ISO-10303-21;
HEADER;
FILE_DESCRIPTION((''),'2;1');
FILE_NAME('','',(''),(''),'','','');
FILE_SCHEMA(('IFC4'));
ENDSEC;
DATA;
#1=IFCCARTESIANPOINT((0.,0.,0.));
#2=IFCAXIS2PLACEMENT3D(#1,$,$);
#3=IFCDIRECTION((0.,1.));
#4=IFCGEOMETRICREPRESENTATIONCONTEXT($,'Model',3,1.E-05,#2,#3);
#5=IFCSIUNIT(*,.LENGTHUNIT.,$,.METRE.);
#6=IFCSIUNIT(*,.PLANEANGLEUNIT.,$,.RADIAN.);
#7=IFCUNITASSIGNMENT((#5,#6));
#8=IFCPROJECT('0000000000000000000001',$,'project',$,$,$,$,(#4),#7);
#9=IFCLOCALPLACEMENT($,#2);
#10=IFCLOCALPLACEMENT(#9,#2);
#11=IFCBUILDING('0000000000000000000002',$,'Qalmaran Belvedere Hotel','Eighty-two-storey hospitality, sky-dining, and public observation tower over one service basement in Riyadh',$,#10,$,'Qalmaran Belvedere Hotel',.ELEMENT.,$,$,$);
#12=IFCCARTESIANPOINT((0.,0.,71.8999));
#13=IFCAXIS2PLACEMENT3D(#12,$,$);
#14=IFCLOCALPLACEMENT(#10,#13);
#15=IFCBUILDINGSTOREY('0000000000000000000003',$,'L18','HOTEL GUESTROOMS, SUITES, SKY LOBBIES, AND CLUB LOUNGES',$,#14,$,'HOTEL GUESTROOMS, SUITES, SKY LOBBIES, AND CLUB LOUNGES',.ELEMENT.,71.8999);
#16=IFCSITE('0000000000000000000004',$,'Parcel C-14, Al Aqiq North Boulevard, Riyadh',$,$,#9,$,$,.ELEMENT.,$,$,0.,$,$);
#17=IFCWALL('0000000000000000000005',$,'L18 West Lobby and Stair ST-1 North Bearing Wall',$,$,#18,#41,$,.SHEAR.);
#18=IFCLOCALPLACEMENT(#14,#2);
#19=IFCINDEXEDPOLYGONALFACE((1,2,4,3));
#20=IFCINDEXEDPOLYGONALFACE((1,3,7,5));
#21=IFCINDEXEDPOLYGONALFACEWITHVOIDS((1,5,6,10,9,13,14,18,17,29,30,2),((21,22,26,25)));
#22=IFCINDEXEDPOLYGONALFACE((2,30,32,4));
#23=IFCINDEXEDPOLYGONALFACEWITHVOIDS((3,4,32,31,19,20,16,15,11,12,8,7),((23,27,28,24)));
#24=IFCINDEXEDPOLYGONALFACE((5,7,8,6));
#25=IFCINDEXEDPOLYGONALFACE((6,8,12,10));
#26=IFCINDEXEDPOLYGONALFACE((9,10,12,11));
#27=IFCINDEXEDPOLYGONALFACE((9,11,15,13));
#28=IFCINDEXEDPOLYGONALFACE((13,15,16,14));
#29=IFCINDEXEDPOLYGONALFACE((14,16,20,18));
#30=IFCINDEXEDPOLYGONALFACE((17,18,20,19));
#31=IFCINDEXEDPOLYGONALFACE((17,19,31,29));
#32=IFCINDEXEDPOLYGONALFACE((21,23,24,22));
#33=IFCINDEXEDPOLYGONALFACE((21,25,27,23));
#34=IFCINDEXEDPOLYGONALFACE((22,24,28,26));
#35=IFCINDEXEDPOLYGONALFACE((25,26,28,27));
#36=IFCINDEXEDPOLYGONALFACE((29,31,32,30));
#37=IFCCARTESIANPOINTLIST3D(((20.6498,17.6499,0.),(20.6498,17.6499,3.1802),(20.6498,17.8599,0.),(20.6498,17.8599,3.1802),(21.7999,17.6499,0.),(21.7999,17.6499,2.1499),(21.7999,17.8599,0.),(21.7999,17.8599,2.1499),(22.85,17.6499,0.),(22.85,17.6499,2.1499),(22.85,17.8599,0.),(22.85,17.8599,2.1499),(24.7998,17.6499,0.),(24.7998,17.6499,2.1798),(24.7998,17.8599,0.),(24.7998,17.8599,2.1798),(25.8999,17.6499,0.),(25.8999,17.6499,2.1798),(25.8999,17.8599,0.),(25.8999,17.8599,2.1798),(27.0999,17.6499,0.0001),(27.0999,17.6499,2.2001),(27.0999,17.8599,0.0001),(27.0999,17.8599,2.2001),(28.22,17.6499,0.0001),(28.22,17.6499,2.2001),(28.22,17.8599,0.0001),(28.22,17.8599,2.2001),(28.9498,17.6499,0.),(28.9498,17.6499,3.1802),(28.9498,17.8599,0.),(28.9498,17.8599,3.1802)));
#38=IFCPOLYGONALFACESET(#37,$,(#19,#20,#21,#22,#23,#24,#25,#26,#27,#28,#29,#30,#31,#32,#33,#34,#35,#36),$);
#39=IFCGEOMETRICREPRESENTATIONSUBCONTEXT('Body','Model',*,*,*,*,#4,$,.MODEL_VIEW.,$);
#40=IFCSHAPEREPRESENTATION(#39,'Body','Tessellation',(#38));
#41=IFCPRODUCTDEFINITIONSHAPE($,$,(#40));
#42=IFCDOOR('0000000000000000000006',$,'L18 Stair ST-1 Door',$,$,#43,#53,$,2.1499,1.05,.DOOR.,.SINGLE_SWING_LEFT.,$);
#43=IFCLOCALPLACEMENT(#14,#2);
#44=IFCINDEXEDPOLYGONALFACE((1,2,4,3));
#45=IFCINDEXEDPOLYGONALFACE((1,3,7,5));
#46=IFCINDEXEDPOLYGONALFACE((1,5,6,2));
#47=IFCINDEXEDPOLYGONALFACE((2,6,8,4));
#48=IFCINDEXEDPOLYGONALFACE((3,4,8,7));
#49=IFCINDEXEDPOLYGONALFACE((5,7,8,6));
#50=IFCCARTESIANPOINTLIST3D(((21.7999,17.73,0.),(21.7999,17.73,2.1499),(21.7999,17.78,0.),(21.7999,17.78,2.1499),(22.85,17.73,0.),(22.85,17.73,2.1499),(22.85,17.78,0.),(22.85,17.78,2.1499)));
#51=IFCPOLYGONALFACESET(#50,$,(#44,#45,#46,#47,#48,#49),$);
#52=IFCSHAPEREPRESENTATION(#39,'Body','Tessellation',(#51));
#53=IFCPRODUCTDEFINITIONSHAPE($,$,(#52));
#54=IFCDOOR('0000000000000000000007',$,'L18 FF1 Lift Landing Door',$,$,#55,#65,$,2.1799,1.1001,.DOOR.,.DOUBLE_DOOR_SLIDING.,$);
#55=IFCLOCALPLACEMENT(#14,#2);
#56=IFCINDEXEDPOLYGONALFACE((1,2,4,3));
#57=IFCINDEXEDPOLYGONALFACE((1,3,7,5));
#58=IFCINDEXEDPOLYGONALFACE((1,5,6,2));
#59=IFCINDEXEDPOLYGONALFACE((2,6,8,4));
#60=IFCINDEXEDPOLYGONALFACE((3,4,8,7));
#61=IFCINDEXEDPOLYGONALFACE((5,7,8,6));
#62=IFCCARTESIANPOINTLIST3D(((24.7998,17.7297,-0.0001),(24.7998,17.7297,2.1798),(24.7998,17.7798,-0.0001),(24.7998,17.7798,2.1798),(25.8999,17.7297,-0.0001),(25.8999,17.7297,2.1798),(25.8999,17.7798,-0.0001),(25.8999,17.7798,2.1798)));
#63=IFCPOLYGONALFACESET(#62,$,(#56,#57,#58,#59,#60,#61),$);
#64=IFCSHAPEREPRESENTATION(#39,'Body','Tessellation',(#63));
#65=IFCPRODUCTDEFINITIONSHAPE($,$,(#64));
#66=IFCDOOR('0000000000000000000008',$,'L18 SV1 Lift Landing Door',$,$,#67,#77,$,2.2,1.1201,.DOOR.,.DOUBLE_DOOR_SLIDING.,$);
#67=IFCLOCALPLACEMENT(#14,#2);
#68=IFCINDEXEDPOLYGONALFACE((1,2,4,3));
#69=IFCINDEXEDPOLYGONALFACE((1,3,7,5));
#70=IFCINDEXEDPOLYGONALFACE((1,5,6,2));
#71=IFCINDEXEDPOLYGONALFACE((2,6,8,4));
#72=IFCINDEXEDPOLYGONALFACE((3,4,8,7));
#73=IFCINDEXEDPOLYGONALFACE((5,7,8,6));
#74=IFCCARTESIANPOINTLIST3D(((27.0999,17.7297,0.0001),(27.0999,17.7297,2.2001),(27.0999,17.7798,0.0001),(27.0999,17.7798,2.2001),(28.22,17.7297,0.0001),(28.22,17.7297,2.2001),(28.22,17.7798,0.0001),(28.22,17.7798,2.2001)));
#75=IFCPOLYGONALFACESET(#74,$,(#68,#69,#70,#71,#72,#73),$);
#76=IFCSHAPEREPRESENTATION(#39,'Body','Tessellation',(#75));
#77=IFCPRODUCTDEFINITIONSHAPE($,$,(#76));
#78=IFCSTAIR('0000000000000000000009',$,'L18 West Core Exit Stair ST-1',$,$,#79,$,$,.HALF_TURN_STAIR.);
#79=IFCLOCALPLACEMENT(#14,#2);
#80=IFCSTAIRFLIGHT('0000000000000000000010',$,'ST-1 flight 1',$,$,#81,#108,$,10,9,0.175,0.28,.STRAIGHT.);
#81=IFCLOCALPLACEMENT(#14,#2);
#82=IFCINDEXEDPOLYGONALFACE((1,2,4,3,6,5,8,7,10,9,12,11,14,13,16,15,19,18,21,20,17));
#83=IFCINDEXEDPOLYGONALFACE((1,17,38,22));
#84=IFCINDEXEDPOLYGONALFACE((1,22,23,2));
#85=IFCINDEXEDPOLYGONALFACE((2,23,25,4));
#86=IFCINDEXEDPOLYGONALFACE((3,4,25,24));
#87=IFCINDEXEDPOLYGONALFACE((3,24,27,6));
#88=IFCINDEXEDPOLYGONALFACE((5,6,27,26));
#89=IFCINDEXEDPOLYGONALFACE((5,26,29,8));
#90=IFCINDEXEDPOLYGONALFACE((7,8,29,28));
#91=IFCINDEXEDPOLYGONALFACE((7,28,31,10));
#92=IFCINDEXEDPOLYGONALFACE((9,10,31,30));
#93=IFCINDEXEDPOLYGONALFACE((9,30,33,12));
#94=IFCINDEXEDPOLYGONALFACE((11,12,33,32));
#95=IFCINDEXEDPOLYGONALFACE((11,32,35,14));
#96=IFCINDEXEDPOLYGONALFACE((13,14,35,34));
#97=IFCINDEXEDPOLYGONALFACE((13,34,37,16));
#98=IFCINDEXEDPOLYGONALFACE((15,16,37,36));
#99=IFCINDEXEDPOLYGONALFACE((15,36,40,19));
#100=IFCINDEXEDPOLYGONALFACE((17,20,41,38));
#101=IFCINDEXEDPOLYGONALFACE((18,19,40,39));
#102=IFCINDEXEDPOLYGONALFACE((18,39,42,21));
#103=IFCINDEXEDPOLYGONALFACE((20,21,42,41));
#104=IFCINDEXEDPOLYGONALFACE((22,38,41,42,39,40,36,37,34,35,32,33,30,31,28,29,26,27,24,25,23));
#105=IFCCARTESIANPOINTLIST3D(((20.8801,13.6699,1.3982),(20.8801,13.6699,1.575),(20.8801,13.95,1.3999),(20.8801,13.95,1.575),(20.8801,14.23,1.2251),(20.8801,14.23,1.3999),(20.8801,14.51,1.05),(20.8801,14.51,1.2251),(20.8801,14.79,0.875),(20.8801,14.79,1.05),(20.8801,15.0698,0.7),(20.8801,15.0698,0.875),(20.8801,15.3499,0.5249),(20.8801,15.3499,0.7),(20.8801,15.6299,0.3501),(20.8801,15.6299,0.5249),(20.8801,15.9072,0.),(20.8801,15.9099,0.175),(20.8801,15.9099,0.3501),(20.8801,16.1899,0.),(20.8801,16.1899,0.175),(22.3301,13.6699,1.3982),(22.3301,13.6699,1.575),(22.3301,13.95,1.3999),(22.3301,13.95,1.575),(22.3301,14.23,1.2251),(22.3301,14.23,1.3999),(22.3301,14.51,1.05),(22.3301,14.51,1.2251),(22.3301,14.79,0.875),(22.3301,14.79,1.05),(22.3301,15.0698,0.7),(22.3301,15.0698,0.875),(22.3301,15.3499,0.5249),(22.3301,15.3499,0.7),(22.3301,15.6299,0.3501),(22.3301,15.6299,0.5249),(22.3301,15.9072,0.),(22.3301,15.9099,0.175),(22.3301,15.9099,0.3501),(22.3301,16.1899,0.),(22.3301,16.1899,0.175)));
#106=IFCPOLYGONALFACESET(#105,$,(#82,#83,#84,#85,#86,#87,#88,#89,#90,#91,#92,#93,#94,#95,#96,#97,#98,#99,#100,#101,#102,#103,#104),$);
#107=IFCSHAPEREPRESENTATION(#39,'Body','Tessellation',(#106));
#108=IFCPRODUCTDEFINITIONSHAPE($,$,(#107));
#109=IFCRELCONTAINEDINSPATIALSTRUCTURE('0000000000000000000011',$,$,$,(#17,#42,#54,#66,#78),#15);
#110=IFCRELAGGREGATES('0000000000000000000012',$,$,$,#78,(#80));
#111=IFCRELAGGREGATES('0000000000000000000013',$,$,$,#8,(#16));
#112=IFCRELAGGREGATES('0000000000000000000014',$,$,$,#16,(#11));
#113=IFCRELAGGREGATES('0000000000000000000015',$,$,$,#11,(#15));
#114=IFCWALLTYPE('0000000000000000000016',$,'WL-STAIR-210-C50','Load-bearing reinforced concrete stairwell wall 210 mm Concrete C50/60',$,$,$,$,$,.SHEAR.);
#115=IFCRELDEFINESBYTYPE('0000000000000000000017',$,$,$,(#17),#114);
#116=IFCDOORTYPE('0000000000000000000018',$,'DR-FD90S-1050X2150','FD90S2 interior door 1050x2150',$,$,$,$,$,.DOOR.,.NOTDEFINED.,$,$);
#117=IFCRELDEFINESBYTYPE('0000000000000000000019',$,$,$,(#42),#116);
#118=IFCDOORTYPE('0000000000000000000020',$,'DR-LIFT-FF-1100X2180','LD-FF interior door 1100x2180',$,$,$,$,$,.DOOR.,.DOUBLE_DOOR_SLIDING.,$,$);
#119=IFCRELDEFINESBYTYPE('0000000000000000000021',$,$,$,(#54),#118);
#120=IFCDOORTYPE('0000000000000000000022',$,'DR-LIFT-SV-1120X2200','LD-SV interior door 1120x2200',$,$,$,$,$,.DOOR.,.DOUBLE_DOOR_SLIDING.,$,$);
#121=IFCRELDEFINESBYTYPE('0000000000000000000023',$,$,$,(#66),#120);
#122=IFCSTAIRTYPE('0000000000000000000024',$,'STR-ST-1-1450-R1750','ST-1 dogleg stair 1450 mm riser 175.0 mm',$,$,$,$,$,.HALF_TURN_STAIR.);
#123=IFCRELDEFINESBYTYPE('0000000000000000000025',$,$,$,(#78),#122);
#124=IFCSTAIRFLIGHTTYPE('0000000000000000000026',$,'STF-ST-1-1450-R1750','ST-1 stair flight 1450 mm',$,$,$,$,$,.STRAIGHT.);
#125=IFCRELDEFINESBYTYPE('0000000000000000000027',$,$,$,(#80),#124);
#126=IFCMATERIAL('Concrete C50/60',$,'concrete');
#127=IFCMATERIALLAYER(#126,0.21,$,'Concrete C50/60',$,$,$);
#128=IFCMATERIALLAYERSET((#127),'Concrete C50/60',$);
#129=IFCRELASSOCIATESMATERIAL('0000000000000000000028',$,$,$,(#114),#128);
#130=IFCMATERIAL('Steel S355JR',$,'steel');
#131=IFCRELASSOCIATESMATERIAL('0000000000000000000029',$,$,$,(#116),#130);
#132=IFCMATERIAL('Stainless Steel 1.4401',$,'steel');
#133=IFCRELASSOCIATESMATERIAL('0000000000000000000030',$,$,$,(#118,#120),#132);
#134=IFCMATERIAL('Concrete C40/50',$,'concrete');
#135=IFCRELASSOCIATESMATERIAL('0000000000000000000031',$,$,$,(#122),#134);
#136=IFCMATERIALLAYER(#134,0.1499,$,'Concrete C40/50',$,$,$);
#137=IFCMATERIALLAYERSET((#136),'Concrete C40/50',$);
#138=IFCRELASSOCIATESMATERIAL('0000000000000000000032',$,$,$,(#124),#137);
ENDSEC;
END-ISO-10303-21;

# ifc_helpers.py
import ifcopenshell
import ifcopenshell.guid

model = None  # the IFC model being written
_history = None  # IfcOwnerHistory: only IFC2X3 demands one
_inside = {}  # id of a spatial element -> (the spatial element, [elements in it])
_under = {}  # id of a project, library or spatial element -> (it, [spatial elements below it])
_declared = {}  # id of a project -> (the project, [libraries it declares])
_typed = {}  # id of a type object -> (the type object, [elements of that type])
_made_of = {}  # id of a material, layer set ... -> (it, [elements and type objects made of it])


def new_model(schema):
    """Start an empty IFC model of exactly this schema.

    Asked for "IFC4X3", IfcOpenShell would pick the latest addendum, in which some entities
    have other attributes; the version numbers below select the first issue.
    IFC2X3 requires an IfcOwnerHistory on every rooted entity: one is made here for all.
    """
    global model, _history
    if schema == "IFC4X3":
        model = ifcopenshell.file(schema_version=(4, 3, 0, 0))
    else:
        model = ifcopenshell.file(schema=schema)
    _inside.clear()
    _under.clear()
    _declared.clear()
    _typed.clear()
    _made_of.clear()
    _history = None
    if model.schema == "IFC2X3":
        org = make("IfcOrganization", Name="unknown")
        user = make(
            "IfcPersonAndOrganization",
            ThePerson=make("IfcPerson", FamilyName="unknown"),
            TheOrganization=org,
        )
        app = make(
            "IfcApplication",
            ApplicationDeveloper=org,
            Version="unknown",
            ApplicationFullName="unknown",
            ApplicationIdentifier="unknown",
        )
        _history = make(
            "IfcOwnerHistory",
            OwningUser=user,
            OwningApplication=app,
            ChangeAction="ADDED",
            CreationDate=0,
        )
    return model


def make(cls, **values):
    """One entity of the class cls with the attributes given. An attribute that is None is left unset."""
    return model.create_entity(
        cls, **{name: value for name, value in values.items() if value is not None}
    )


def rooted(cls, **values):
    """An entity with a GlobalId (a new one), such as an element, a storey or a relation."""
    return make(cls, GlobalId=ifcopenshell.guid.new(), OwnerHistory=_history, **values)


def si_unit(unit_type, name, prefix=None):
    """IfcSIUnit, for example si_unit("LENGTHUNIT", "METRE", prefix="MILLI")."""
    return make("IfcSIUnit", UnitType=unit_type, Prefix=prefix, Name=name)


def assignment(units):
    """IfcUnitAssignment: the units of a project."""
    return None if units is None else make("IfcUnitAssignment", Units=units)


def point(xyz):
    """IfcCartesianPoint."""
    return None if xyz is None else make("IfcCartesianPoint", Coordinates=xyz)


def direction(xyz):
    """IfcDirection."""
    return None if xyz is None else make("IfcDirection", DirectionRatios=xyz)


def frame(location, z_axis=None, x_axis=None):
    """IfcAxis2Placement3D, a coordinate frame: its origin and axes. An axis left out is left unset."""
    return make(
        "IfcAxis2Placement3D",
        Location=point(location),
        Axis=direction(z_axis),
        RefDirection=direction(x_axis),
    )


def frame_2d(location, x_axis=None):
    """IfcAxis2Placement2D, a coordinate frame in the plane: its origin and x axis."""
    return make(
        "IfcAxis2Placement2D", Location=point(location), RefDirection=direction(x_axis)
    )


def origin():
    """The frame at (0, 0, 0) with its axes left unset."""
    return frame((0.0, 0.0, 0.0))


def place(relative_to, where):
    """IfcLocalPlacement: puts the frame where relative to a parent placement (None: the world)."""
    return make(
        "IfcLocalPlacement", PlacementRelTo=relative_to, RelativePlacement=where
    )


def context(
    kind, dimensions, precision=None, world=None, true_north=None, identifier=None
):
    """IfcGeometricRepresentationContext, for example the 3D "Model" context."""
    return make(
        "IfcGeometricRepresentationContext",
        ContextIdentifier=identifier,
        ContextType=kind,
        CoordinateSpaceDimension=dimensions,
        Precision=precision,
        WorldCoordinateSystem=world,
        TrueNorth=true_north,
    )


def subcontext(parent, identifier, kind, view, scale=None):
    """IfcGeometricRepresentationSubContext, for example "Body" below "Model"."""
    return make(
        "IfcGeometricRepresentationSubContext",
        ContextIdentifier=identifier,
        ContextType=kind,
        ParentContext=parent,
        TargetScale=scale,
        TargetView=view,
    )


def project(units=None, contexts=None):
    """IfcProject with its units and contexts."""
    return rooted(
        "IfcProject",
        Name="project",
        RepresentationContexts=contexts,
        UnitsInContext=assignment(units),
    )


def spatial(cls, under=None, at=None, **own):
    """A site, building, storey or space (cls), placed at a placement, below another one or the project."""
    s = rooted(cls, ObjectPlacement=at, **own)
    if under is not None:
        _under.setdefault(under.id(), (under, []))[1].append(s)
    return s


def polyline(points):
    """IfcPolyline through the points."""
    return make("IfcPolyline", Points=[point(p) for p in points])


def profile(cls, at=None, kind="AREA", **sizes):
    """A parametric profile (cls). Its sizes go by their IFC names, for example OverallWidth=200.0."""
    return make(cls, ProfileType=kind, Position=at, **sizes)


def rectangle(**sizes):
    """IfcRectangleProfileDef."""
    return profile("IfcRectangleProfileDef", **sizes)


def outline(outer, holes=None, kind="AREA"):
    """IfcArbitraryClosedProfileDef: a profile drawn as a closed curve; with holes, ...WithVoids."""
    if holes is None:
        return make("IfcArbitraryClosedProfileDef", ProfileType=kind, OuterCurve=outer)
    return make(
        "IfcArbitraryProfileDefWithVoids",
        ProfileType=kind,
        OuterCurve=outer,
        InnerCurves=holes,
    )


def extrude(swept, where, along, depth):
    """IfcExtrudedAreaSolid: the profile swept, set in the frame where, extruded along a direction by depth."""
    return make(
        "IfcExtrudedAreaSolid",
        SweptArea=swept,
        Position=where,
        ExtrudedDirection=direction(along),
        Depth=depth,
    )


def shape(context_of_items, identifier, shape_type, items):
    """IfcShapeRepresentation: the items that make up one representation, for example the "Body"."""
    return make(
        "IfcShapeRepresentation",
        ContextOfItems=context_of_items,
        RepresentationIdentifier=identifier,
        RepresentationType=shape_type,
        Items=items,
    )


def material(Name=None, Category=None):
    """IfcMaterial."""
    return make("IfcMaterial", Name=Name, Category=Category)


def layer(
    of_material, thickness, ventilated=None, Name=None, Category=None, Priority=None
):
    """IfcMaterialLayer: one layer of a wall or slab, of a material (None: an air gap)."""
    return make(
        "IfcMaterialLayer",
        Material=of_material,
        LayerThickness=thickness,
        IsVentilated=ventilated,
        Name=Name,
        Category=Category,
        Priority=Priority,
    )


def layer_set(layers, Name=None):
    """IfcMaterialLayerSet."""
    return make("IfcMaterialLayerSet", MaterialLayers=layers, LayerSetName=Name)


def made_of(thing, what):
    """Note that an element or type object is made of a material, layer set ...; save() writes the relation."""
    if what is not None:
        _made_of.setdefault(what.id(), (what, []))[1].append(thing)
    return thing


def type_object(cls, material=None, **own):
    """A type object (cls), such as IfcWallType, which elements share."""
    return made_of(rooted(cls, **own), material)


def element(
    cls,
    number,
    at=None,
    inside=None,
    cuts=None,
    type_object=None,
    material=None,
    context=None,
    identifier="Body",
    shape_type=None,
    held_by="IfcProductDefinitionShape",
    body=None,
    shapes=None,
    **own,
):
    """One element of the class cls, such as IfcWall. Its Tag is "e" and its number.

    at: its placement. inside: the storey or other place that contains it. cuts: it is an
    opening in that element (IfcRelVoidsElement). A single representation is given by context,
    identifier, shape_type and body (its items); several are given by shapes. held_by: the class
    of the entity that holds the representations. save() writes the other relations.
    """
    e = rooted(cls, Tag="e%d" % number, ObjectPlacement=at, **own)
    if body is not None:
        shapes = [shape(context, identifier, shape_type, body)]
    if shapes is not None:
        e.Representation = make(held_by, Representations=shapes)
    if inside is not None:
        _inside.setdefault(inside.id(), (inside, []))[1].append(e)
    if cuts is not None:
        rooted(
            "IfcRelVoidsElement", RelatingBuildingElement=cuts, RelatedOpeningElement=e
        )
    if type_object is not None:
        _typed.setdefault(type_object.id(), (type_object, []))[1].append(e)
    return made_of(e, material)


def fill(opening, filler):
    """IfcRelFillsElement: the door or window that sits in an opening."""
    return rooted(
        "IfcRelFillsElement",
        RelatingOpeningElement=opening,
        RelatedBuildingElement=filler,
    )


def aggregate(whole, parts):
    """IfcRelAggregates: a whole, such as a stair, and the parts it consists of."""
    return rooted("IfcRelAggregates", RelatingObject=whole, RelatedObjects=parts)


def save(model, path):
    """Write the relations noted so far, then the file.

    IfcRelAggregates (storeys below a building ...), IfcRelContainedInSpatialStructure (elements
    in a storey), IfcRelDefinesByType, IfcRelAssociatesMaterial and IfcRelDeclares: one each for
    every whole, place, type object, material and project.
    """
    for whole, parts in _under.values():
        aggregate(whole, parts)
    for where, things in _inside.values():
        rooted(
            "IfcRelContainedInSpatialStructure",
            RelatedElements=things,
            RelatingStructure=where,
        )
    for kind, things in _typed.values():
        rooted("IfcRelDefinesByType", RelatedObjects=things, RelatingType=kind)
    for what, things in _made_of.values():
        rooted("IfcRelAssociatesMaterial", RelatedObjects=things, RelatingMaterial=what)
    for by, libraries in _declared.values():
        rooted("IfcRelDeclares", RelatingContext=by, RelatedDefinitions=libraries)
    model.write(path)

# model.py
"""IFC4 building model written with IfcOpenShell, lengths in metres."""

from ifc_helpers import new_model, si_unit, direction, frame, frame_2d, origin, place, context, subcontext, project, spatial, polyline, rectangle, outline, extrude, material, layer, layer_set, type_object, element, fill, aggregate, save


model = new_model("IFC4")

# Units and contexts
model_context = context("Model", 3, precision=1e-05, world=origin(), true_north=direction((0.0, 1.0)))
body_context = subcontext(model_context, "Body", "Model", "MODEL_VIEW")
ifc_project = project(units=[si_unit("LENGTHUNIT", "METRE"), si_unit("PLANEANGLEUNIT", "RADIAN")], contexts=[model_context])

# Site, building, storey
site_placement = place(None, origin())
site = spatial("IfcSite", under=ifc_project, at=site_placement, Name="Parcel C-14, Al Aqiq North Boulevard, Riyadh", CompositionType="ELEMENT", RefElevation=0.0)
building_placement = place(site_placement, origin())
building = spatial("IfcBuilding", under=site, at=building_placement, Name="Qalmaran Belvedere Hotel", Description="Eighty-two-storey hospitality, sky-dining, and public observation tower over one service basement in Riyadh", LongName="Qalmaran Belvedere Hotel", CompositionType="ELEMENT")
storey_placement = place(building_placement, frame((0.0, 0.0, 71.8999)))
storey = spatial("IfcBuildingStorey", under=building, at=storey_placement, Name="L18", Description="HOTEL GUESTROOMS, SUITES, SKY LOBBIES, AND CLUB LOUNGES", LongName="HOTEL GUESTROOMS, SUITES, SKY LOBBIES, AND CLUB LOUNGES", CompositionType="ELEMENT", Elevation=71.8999)

# Shared definitions
ifc_material_1 = material(Name="Steel S355JR", Category="steel")

# Wall, openings, doors
ifc_material_2 = material(Name="Concrete C50/60", Category="concrete")
ifc_layer_1 = layer(ifc_material_2, 0.21, Name="Concrete C50/60")
ifc_layer_set_1 = layer_set([ifc_layer_1], Name="Concrete C50/60")
wall_type_1 = type_object("IfcWallType", Name="WL-STAIR-210-C50", Description="Load-bearing reinforced concrete stairwell wall 210 mm Concrete C50/60", PredefinedType="SHEAR", material=ifc_layer_set_1)
wall_1_placement = place(storey_placement, frame((20.6499, 17.7549, 0.0), z_axis=(0.0, 0.0, 1.0), x_axis=(1.0, 0.0, 0.0)))
wall_1 = element("IfcWall", 1, at=wall_1_placement, inside=storey, type_object=wall_type_1, Name="L18 West Lobby and Stair ST-1 North Bearing Wall", PredefinedType="SHEAR", context=body_context, shape_type="SweptSolid", body=[
    extrude(rectangle(XDim=8.3, YDim=0.21, at=frame_2d((4.1499, 0.0))), origin(), (0.0, 0.0, 1.0), 3.1802),
])
opening_1_placement = place(wall_1_placement, frame((2.2, 0.0, 0.0), z_axis=(0.0, 0.0, 1.0), x_axis=(-1.0, 0.0, 0.0)))
opening_1 = element("IfcOpeningElement", 2, at=opening_1_placement, cuts=wall_1, PredefinedType="OPENING", context=body_context, shape_type="SweptSolid", body=[
    extrude(rectangle(XDim=1.05, YDim=2.1499, at=frame_2d((0.5249, 1.075))), frame((0.0, 0.115, 0.0), z_axis=(0.0, -1.0, 0.0), x_axis=(1.0, 0.0, 0.0)), (0.0, 0.0, 1.0), 0.23),
])
opening_2_placement = place(wall_1_placement, frame((4.1499, 0.0, 0.0)))
opening_2 = element("IfcOpeningElement", 3, at=opening_2_placement, cuts=wall_1, PredefinedType="OPENING", context=body_context, shape_type="SweptSolid", body=[
    extrude(rectangle(XDim=1.1001, YDim=2.1799, at=frame_2d((0.55, 1.0898))), frame((0.0, 0.115, 0.0), z_axis=(0.0, -1.0, 0.0), x_axis=(1.0, 0.0, 0.0)), (0.0, 0.0, 1.0), 0.23),
])
opening_3_placement = place(wall_1_placement, frame((6.45, 0.0, 0.0)))
opening_3 = element("IfcOpeningElement", 4, at=opening_3_placement, cuts=wall_1, PredefinedType="OPENING", context=body_context, shape_type="SweptSolid", body=[
    extrude(rectangle(XDim=1.1201, YDim=2.2, at=frame_2d((0.5601, 1.1001))), frame((0.0, 0.115, 0.0), z_axis=(0.0, -1.0, 0.0), x_axis=(1.0, 0.0, 0.0)), (0.0, 0.0, 1.0), 0.23),
])
door_type_1 = type_object("IfcDoorType", Name="DR-FD90S-1050X2150", Description="FD90S2 interior door 1050x2150", OperationType="NOTDEFINED", PredefinedType="DOOR", material=ifc_material_1)
door_1_placement = place(opening_1_placement, origin())
door_1 = element("IfcDoor", 5, at=door_1_placement, inside=storey, type_object=door_type_1, Name="L18 Stair ST-1 Door", OperationType="SINGLE_SWING_LEFT", OverallHeight=2.1499, OverallWidth=1.05, PredefinedType="DOOR", context=body_context, shape_type="SweptSolid", body=[
    extrude(rectangle(XDim=1.05, YDim=2.1499, at=frame_2d((0.5249, 1.075))), frame((0.0, 0.0249, 0.0), z_axis=(0.0, -1.0, 0.0), x_axis=(1.0, 0.0, 0.0)), (0.0, 0.0, 1.0), 0.05),
])
fill(opening_1, door_1)
ifc_material_3 = material(Name="Stainless Steel 1.4401", Category="steel")
door_type_2 = type_object("IfcDoorType", Name="DR-LIFT-FF-1100X2180", Description="LD-FF interior door 1100x2180", OperationType="DOUBLE_DOOR_SLIDING", PredefinedType="DOOR", material=ifc_material_3)
door_2_placement = place(opening_2_placement, origin())
door_2 = element("IfcDoor", 6, at=door_2_placement, inside=storey, type_object=door_type_2, Name="L18 FF1 Lift Landing Door", OperationType="DOUBLE_DOOR_SLIDING", OverallHeight=2.1799, OverallWidth=1.1001, PredefinedType="DOOR", context=body_context, shape_type="SweptSolid", body=[
    extrude(rectangle(XDim=1.1001, YDim=2.1799, at=frame_2d((0.55, 1.0898))), frame((0.0, 0.0249, 0.0), z_axis=(0.0, -1.0, 0.0), x_axis=(1.0, 0.0, 0.0)), (0.0, 0.0, 1.0), 0.05),
])
fill(opening_2, door_2)
door_type_3 = type_object("IfcDoorType", Name="DR-LIFT-SV-1120X2200", Description="LD-SV interior door 1120x2200", OperationType="DOUBLE_DOOR_SLIDING", PredefinedType="DOOR", material=ifc_material_3)
door_3_placement = place(opening_3_placement, origin())
door_3 = element("IfcDoor", 7, at=door_3_placement, inside=storey, type_object=door_type_3, Name="L18 SV1 Lift Landing Door", OperationType="DOUBLE_DOOR_SLIDING", OverallHeight=2.2, OverallWidth=1.1201, PredefinedType="DOOR", context=body_context, shape_type="SweptSolid", body=[
    extrude(rectangle(XDim=1.1201, YDim=2.2, at=frame_2d((0.5601, 1.1001))), frame((0.0, 0.0249, 0.0), z_axis=(0.0, -1.0, 0.0), x_axis=(1.0, 0.0, 0.0)), (0.0, 0.0, 1.0), 0.05),
])
fill(opening_3, door_3)

# Stair, stair flight
ifc_material_4 = material(Name="Concrete C40/50", Category="concrete")
stair_type = type_object("IfcStairType", Name="STR-ST-1-1450-R1750", Description="ST-1 dogleg stair 1450 mm riser 175.0 mm", PredefinedType="HALF_TURN_STAIR", material=ifc_material_4)
stair_placement = place(storey_placement, origin())
stair = element("IfcStair", 8, at=stair_placement, inside=storey, type_object=stair_type, Name="L18 West Core Exit Stair ST-1", PredefinedType="HALF_TURN_STAIR")
ifc_layer_2 = layer(ifc_material_4, 0.1499, Name="Concrete C40/50")
ifc_layer_set_2 = layer_set([ifc_layer_2], Name="Concrete C40/50")
stair_flight_type = type_object("IfcStairFlightType", Name="STF-ST-1-1450-R1750", Description="ST-1 stair flight 1450 mm", PredefinedType="STRAIGHT", material=ifc_layer_set_2)
stair_flight_placement = place(storey_placement, frame((21.605, 16.1899, 0.0), z_axis=(0.0, 0.0, 1.0), x_axis=(0.0, -1.0, 0.0)))
stair_flight = element("IfcStairFlight", 9, at=stair_flight_placement, type_object=stair_flight_type, Name="ST-1 flight 1", NumberOfRisers=10, NumberOfTreads=9, PredefinedType="STRAIGHT", RiserHeight=0.175, TreadLength=0.28, context=body_context, shape_type="SweptSolid", body=[
    extrude(outline(polyline([(0.0, 0.0), (0.0, 0.175), (0.28, 0.175), (0.28, 0.3501), (0.5601, 0.3501), (0.5601, 0.5249), (0.8401, 0.5249), (0.8401, 0.7), (1.1201, 0.7), (1.1201, 0.875), (1.3999, 0.875), (1.3999, 1.05), (1.6799, 1.05), (1.6799, 1.2251), (1.96, 1.2251), (1.96, 1.3999), (2.24, 1.3999), (2.24, 1.575), (2.52, 1.575), (2.52, 1.75), (2.52, 1.3982), (0.2827, 0.0), (0.0, 0.0)])), frame((0.0, 0.7251, 0.0), z_axis=(0.0, -1.0, 0.0), x_axis=(1.0, 0.0, 0.0)), (0.0, 0.0, 1.0), 1.45),
])
aggregate(stair, [stair_flight])

save(model, "model.ifc")
